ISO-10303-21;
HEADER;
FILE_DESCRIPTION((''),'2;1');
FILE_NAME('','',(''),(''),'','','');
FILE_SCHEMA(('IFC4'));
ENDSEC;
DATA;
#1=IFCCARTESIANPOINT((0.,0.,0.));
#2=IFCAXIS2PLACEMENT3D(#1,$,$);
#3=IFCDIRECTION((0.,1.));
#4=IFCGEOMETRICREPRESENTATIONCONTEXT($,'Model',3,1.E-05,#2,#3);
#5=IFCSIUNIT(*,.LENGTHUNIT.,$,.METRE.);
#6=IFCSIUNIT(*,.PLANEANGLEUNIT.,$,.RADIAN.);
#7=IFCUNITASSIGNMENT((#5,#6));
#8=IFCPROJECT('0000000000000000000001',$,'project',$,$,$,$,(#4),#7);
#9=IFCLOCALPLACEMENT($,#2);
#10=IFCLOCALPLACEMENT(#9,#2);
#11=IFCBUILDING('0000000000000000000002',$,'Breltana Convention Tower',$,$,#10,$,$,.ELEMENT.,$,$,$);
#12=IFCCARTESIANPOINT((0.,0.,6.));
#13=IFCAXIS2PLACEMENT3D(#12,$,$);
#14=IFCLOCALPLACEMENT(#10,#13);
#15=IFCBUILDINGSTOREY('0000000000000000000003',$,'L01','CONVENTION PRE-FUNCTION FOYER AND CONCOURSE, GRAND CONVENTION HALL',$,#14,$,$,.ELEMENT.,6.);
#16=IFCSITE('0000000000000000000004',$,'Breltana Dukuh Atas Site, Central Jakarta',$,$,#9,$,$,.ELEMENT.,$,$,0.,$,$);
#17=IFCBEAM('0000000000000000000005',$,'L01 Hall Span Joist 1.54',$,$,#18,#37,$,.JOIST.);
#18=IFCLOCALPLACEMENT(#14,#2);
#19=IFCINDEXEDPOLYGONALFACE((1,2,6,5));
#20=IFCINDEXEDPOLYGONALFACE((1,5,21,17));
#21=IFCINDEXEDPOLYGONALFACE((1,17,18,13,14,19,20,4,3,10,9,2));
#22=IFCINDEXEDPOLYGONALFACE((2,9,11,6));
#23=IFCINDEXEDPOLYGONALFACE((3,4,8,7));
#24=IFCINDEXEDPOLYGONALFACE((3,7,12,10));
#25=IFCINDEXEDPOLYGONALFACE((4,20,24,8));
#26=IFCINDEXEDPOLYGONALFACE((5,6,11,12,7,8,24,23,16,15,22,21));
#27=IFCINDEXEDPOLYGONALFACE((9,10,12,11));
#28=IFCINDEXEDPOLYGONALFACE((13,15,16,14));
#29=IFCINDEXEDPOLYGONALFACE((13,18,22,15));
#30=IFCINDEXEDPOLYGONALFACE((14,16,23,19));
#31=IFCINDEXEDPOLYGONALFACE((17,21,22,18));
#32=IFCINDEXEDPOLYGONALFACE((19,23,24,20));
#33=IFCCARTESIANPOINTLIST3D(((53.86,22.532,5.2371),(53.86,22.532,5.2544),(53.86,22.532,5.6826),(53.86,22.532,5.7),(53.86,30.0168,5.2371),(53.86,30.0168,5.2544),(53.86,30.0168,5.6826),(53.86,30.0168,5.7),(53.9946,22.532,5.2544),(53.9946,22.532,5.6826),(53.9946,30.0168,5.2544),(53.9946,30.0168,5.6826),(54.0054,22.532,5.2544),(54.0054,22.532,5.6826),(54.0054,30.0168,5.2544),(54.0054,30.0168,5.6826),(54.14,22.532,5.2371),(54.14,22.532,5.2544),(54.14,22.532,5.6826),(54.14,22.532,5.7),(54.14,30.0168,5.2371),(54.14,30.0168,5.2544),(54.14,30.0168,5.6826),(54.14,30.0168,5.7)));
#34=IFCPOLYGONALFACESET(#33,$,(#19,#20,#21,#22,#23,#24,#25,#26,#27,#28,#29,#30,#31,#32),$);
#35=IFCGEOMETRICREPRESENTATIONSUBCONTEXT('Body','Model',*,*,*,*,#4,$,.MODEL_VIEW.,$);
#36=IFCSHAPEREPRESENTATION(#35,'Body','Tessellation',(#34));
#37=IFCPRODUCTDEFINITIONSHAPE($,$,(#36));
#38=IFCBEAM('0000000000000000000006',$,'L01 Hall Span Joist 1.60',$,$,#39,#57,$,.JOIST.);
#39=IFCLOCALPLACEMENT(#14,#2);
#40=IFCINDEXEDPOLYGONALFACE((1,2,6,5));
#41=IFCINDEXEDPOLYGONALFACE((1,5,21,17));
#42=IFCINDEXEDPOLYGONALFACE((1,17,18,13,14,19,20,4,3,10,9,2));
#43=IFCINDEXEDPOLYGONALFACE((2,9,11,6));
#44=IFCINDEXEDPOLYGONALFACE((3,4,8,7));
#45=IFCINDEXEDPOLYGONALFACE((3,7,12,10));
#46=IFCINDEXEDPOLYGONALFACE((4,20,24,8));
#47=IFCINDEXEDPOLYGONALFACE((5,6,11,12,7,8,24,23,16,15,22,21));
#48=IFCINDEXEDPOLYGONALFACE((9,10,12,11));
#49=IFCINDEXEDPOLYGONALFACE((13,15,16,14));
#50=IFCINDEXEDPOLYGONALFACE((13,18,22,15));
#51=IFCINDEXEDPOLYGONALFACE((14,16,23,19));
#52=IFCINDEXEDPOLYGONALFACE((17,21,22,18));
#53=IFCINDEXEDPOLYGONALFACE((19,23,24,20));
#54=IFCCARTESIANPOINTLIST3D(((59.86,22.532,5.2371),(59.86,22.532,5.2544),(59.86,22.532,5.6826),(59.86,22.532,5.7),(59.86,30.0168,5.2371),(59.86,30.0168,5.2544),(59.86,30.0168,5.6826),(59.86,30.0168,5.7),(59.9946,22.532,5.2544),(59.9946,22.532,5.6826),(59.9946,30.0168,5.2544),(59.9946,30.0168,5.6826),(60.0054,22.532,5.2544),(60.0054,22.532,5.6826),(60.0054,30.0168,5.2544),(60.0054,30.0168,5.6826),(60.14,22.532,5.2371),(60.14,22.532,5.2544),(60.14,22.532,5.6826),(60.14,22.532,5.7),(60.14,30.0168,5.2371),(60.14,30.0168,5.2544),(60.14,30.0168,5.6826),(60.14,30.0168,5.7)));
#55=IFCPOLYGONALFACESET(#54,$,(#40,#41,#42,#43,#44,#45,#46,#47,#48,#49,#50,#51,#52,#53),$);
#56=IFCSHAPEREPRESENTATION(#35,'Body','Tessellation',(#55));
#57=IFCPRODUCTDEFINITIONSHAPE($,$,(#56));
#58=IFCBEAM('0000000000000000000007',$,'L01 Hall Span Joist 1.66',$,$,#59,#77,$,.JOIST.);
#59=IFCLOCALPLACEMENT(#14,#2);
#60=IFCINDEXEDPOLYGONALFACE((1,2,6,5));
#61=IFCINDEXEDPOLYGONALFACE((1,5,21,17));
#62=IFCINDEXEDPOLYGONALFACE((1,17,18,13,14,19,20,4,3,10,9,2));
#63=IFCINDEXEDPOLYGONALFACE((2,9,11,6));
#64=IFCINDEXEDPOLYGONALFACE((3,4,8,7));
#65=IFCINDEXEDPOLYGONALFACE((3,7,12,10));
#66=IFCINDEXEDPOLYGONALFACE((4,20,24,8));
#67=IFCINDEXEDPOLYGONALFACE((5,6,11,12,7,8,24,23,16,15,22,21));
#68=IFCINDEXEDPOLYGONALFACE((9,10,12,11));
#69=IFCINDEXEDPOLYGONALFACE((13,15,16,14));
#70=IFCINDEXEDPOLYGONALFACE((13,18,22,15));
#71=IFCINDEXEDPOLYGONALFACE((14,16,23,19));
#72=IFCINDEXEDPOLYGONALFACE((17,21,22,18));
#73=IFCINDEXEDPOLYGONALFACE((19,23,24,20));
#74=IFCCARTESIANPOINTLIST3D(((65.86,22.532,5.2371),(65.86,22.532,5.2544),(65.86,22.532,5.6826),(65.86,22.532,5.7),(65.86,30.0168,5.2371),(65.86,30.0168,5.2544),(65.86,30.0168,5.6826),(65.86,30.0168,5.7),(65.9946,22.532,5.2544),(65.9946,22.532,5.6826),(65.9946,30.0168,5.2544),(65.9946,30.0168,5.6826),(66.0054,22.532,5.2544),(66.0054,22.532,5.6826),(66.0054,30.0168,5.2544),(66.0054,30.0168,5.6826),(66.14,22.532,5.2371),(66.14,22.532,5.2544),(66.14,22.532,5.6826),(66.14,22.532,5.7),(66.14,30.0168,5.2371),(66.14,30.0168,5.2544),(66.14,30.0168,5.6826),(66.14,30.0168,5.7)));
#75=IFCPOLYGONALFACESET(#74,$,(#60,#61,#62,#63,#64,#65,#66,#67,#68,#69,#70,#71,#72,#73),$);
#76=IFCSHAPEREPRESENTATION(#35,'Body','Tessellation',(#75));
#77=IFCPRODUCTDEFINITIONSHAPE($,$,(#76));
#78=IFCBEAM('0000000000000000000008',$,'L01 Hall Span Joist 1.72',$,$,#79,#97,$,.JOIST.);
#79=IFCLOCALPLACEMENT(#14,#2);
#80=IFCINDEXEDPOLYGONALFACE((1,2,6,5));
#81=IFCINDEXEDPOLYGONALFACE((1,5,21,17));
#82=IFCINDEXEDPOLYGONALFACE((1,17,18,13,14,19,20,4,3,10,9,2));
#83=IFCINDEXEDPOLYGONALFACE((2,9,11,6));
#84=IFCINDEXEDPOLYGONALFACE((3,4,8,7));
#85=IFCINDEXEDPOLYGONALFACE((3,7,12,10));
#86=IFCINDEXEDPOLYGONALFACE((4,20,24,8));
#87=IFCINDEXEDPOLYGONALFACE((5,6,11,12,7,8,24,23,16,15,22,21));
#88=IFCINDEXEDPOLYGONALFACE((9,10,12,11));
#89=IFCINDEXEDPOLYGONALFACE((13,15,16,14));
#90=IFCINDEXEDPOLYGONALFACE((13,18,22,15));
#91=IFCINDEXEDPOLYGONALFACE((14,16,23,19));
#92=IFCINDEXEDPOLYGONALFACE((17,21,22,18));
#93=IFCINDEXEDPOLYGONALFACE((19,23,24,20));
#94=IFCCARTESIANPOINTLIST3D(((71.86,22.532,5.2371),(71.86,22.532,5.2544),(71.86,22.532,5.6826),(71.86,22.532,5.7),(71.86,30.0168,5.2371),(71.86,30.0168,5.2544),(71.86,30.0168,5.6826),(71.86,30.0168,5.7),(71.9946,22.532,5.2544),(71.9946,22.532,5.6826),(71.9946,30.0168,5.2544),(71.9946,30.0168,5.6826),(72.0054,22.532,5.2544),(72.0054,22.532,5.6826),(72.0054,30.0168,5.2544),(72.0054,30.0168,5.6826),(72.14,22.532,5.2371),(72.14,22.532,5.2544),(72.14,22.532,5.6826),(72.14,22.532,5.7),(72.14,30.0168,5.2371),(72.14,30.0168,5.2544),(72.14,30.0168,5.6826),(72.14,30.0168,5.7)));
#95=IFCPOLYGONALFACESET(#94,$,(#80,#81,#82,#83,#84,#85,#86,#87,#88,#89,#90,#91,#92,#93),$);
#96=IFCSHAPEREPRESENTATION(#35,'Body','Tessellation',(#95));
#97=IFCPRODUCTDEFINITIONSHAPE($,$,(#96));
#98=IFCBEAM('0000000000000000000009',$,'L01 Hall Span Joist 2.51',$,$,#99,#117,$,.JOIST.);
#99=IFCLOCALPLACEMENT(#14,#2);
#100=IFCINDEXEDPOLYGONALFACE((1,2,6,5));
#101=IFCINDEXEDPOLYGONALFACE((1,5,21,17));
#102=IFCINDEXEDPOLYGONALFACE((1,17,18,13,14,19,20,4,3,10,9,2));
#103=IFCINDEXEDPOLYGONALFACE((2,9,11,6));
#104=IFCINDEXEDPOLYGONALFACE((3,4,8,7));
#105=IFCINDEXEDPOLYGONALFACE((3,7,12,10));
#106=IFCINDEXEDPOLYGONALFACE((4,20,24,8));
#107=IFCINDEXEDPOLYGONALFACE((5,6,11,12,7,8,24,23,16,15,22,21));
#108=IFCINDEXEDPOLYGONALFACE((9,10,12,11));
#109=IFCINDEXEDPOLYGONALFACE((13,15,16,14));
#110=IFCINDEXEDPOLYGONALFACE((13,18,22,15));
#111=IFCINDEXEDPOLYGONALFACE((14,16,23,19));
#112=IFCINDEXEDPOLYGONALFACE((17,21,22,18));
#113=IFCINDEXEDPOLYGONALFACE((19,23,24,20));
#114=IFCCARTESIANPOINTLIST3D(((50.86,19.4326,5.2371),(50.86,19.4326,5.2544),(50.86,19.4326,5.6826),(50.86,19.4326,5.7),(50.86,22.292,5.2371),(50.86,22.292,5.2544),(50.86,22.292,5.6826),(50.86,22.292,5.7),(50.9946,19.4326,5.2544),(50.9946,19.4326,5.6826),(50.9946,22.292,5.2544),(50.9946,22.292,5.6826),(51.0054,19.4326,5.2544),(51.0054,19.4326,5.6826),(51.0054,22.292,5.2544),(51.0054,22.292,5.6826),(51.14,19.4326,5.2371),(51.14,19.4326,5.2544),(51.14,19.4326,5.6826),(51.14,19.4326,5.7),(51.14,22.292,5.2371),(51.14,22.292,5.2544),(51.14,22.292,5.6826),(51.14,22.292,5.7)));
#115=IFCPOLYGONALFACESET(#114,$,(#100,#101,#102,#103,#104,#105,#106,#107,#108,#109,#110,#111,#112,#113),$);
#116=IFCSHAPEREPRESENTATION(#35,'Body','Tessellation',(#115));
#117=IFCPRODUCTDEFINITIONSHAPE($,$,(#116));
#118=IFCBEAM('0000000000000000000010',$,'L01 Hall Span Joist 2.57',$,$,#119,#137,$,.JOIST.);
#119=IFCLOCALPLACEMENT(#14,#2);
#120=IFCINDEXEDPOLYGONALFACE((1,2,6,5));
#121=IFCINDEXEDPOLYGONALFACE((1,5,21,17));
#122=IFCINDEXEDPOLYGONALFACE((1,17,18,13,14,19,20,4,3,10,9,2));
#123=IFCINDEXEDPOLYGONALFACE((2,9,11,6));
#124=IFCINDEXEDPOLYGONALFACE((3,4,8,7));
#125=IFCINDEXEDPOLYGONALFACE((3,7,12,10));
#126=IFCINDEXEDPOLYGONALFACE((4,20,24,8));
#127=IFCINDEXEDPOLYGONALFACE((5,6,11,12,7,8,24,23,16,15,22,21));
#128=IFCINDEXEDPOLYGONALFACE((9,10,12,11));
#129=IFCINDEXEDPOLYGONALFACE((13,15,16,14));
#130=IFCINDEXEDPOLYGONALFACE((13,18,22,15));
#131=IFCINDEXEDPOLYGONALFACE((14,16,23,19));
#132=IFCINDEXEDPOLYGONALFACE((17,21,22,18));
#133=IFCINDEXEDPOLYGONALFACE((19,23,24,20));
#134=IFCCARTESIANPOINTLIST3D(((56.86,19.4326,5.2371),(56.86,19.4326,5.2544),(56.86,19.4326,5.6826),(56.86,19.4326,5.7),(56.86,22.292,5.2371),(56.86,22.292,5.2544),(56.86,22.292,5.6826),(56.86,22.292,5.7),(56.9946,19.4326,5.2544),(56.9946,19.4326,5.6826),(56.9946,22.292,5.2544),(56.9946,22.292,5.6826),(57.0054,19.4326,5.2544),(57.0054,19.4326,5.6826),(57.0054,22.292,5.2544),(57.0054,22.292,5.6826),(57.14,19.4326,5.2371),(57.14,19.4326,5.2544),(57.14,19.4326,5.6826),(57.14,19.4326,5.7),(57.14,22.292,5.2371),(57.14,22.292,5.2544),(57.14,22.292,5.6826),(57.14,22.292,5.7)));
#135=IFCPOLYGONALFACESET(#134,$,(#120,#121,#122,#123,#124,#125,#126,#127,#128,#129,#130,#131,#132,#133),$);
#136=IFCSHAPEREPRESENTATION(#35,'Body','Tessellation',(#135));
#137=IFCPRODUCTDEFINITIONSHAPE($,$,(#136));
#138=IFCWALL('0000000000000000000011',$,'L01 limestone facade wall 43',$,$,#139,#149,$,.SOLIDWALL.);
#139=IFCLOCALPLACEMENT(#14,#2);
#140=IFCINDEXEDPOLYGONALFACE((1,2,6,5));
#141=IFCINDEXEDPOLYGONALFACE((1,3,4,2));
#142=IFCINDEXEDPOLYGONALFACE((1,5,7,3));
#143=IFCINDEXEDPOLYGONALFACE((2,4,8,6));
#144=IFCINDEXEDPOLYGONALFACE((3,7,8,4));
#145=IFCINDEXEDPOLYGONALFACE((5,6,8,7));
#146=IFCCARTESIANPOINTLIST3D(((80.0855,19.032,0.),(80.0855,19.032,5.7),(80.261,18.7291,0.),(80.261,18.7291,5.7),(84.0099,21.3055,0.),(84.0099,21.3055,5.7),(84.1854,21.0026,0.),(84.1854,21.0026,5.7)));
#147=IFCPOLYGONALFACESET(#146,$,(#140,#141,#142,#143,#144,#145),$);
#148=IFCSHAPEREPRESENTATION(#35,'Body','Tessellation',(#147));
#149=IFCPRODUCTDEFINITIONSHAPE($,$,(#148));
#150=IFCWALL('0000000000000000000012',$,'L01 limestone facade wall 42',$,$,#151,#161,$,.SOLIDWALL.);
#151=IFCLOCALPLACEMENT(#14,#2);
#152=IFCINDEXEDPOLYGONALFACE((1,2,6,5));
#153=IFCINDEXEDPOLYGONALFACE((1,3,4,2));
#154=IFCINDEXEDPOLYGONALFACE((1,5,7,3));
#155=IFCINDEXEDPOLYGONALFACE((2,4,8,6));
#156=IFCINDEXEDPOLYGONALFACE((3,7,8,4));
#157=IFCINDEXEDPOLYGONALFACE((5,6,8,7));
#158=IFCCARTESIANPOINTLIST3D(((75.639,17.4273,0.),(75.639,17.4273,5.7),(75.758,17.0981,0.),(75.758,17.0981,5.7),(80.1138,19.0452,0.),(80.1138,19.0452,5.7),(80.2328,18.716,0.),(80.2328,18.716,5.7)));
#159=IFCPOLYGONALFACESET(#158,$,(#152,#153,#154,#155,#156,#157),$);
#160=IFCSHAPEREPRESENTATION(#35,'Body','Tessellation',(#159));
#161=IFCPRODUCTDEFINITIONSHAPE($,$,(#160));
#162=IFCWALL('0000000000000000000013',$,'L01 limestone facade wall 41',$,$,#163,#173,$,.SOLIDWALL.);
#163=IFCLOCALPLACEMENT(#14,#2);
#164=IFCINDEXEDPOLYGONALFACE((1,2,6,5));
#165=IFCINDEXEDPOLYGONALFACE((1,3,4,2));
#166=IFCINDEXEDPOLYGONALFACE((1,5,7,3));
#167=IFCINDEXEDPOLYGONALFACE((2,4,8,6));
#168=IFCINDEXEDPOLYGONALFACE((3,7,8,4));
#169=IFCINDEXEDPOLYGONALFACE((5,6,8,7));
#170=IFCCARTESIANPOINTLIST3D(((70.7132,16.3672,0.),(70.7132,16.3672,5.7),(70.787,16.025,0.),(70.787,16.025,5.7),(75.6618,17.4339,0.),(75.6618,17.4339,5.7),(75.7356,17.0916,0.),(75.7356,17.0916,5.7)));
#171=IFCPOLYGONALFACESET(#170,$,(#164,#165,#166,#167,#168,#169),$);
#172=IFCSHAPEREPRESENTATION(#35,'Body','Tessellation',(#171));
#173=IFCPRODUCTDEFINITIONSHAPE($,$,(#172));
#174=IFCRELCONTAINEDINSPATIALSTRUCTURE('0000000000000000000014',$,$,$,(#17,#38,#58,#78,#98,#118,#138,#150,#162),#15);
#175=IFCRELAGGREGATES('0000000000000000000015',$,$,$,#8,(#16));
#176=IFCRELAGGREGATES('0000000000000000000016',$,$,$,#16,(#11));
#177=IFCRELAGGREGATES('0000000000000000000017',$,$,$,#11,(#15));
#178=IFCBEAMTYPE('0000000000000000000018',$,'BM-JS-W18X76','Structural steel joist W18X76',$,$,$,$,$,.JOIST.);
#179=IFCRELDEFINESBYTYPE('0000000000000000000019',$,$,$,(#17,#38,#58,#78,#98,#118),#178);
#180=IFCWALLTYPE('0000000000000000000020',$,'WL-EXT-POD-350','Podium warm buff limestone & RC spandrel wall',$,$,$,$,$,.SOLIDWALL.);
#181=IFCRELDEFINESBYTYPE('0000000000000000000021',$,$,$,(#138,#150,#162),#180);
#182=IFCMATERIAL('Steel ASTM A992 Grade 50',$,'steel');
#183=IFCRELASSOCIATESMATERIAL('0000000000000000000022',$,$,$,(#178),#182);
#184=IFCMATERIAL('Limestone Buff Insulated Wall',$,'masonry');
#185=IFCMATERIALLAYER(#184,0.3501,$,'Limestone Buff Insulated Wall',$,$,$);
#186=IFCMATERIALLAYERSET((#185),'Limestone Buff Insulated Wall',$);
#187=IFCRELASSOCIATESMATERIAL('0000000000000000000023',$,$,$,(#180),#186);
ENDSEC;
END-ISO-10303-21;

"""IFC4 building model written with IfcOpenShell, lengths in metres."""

from ifc_helpers import new_model, si_unit, direction, frame, frame_2d, origin, origin_2d, place, context, subcontext, project, spatial, rectangle, i_section, extrude, source, transform, mapped, material, layer, layer_set, material_profile, profile_set, type_object, type_shapes, element, save


model = new_model("IFC4")

# Units and contexts
model_context = context("Model", 3, precision=1e-05, world=origin(), true_north=direction((0.0, 1.0)))
body_context = subcontext(model_context, "Body", "Model", "MODEL_VIEW")
ifc_project = project(units=[si_unit("LENGTHUNIT", "METRE"), si_unit("PLANEANGLEUNIT", "RADIAN")], contexts=[model_context])

# Site, building, storey
site_placement = place(None, origin())
site = spatial("IfcSite", under=ifc_project, at=site_placement, Name="Breltana Dukuh Atas Site, Central Jakarta", CompositionType="ELEMENT", RefElevation=0.0)
building_placement = place(site_placement, origin())
building = spatial("IfcBuilding", under=site, at=building_placement, Name="Breltana Convention Tower", CompositionType="ELEMENT")
storey_placement = place(building_placement, frame((0.0, 0.0, 6.0)))
storey = spatial("IfcBuildingStorey", under=building, at=storey_placement, Name="L01", Description="CONVENTION PRE-FUNCTION FOYER AND CONCOURSE, GRAND CONVENTION HALL", CompositionType="ELEMENT", Elevation=6.0)

# Beams
ifc_material_1 = material(Name="Steel ASTM A992 Grade 50", Category="steel")
ifc_material_profile_1 = material_profile(ifc_material_1, i_section(OverallWidth=0.28, OverallDepth=0.4629, WebThickness=0.0107, FlangeThickness=0.0173, at=origin_2d()), Name="W18X76")
ifc_profile_set_1 = profile_set([ifc_material_profile_1], Name="Steel ASTM A992 Grade 50")
beam_type_1 = type_object("IfcBeamType", Name="BM-JS-W18X76", Description="Structural steel joist W18X76", PredefinedType="JOIST", material=ifc_profile_set_1)
shared_shape_1 = source(origin(), body_context, "Body", "SweptSolid", [
    extrude(i_section(OverallWidth=0.28, OverallDepth=0.4629, WebThickness=0.0107, FlangeThickness=0.0173, at=origin_2d()), origin(), (0.0, 0.0, 1.0), 7.4849),
])
type_shapes(beam_type_1, [shared_shape_1])
for number, where, z_axis, x_axis, name in (
    (1, (54.0, 22.532, 5.4685), (0.0, 1.0, 0.0), (-1.0, 0.0, 0.0), "L01 Hall Span Joist 1.54"),
    (2, (60.0, 22.532, 5.4685), (0.0, 1.0, 0.0), (-1.0, 0.0, 0.0), "L01 Hall Span Joist 1.60"),
    (3, (66.0, 22.532, 5.4685), (0.0, 1.0, 0.0), (-1.0, 0.0, 0.0), "L01 Hall Span Joist 1.66"),
    (4, (72.0, 22.532, 5.4685), (0.0, 1.0, 0.0), (-1.0, 0.0, 0.0), "L01 Hall Span Joist 1.72"),
):
    element("IfcBeam", number, at=place(storey_placement, frame(where, z_axis=z_axis, x_axis=x_axis)), inside=storey, type_object=beam_type_1, Name=name, PredefinedType="JOIST", context=body_context, shape_type="MappedRepresentation", body=[
        mapped(shared_shape_1, transform((0.0, 0.0, 0.0), scale=1.0)),
    ])
shared_shape_2 = source(origin(), body_context, "Body", "SweptSolid", [
    extrude(i_section(OverallWidth=0.28, OverallDepth=0.4629, WebThickness=0.0107, FlangeThickness=0.0173, at=origin_2d()), origin(), (0.0, 0.0, 1.0), 2.8594),
])
for number, where, z_axis, x_axis, name in (
    (5, (51.0, 19.4326, 5.4685), (0.0, 1.0, 0.0), (-1.0, 0.0, 0.0), "L01 Hall Span Joist 2.51"),
    (6, (57.0, 19.4326, 5.4685), (0.0, 1.0, 0.0), (-1.0, 0.0, 0.0), "L01 Hall Span Joist 2.57"),
):
    element("IfcBeam", number, at=place(storey_placement, frame(where, z_axis=z_axis, x_axis=x_axis)), inside=storey, type_object=beam_type_1, Name=name, PredefinedType="JOIST", context=body_context, shape_type="MappedRepresentation", body=[
        mapped(shared_shape_2, transform((0.0, 0.0, 0.0), scale=1.0)),
    ])

# Walls
ifc_material_2 = material(Name="Limestone Buff Insulated Wall", Category="masonry")
ifc_layer_1 = layer(ifc_material_2, 0.3501, Name="Limestone Buff Insulated Wall")
ifc_layer_set_1 = layer_set([ifc_layer_1], Name="Limestone Buff Insulated Wall")
wall_type_1 = type_object("IfcWallType", Name="WL-EXT-POD-350", Description="Podium warm buff limestone & RC spandrel wall", PredefinedType="SOLIDWALL", material=ifc_layer_set_1)
shared_shape_3 = source(origin(), body_context, "Body", "SweptSolid", [
    extrude(rectangle(XDim=4.5354, YDim=0.3501, at=frame_2d((2.2676, 0.0))), origin(), (0.0, 0.0, 1.0), 5.7),
])
wall_1_placement = place(storey_placement, frame((80.1733, 18.8806, 0.0), z_axis=(0.0, 0.0, 1.0), x_axis=(0.865286, 0.501278, 0.0)))
element("IfcWall", 7, at=wall_1_placement, inside=storey, type_object=wall_type_1, Name="L01 limestone facade wall 43", PredefinedType="SOLIDWALL", context=body_context, shape_type="MappedRepresentation", body=[
    mapped(shared_shape_3, transform((0.0, 0.0, 0.0), scale=1.0)),
])
shared_shape_4 = source(origin(), body_context, "Body", "SweptSolid", [
    extrude(rectangle(XDim=4.7583, YDim=0.3501, at=frame_2d((2.3792, 0.0))), origin(), (0.0, 0.0, 1.0), 5.7),
])
wall_2_placement = place(storey_placement, frame((75.6985, 17.2627, 0.0), z_axis=(0.0, 0.0, 1.0), x_axis=(0.94042, 0.340016, 0.0)))
element("IfcWall", 8, at=wall_2_placement, inside=storey, type_object=wall_type_1, Name="L01 limestone facade wall 42", PredefinedType="SOLIDWALL", context=body_context, shape_type="MappedRepresentation", body=[
    mapped(shared_shape_4, transform((0.0, 0.0, 0.0), scale=1.0)),
])
shared_shape_5 = source(origin(), body_context, "Body", "SweptSolid", [
    extrude(rectangle(XDim=5.0623, YDim=0.3501, at=frame_2d((2.5312, 0.0))), origin(), (0.0, 0.0, 1.0), 5.7),
])
wall_3_placement = place(storey_placement, frame((70.75, 16.196, 0.0), z_axis=(0.0, 0.0, 1.0), x_axis=(0.977548, 0.210711, 0.0)))
element("IfcWall", 9, at=wall_3_placement, inside=storey, type_object=wall_type_1, Name="L01 limestone facade wall 41", PredefinedType="SOLIDWALL", context=body_context, shape_type="MappedRepresentation", body=[
    mapped(shared_shape_5, transform((0.0, 0.0, 0.0), scale=1.0)),
])

save(model, "model.ifc")
